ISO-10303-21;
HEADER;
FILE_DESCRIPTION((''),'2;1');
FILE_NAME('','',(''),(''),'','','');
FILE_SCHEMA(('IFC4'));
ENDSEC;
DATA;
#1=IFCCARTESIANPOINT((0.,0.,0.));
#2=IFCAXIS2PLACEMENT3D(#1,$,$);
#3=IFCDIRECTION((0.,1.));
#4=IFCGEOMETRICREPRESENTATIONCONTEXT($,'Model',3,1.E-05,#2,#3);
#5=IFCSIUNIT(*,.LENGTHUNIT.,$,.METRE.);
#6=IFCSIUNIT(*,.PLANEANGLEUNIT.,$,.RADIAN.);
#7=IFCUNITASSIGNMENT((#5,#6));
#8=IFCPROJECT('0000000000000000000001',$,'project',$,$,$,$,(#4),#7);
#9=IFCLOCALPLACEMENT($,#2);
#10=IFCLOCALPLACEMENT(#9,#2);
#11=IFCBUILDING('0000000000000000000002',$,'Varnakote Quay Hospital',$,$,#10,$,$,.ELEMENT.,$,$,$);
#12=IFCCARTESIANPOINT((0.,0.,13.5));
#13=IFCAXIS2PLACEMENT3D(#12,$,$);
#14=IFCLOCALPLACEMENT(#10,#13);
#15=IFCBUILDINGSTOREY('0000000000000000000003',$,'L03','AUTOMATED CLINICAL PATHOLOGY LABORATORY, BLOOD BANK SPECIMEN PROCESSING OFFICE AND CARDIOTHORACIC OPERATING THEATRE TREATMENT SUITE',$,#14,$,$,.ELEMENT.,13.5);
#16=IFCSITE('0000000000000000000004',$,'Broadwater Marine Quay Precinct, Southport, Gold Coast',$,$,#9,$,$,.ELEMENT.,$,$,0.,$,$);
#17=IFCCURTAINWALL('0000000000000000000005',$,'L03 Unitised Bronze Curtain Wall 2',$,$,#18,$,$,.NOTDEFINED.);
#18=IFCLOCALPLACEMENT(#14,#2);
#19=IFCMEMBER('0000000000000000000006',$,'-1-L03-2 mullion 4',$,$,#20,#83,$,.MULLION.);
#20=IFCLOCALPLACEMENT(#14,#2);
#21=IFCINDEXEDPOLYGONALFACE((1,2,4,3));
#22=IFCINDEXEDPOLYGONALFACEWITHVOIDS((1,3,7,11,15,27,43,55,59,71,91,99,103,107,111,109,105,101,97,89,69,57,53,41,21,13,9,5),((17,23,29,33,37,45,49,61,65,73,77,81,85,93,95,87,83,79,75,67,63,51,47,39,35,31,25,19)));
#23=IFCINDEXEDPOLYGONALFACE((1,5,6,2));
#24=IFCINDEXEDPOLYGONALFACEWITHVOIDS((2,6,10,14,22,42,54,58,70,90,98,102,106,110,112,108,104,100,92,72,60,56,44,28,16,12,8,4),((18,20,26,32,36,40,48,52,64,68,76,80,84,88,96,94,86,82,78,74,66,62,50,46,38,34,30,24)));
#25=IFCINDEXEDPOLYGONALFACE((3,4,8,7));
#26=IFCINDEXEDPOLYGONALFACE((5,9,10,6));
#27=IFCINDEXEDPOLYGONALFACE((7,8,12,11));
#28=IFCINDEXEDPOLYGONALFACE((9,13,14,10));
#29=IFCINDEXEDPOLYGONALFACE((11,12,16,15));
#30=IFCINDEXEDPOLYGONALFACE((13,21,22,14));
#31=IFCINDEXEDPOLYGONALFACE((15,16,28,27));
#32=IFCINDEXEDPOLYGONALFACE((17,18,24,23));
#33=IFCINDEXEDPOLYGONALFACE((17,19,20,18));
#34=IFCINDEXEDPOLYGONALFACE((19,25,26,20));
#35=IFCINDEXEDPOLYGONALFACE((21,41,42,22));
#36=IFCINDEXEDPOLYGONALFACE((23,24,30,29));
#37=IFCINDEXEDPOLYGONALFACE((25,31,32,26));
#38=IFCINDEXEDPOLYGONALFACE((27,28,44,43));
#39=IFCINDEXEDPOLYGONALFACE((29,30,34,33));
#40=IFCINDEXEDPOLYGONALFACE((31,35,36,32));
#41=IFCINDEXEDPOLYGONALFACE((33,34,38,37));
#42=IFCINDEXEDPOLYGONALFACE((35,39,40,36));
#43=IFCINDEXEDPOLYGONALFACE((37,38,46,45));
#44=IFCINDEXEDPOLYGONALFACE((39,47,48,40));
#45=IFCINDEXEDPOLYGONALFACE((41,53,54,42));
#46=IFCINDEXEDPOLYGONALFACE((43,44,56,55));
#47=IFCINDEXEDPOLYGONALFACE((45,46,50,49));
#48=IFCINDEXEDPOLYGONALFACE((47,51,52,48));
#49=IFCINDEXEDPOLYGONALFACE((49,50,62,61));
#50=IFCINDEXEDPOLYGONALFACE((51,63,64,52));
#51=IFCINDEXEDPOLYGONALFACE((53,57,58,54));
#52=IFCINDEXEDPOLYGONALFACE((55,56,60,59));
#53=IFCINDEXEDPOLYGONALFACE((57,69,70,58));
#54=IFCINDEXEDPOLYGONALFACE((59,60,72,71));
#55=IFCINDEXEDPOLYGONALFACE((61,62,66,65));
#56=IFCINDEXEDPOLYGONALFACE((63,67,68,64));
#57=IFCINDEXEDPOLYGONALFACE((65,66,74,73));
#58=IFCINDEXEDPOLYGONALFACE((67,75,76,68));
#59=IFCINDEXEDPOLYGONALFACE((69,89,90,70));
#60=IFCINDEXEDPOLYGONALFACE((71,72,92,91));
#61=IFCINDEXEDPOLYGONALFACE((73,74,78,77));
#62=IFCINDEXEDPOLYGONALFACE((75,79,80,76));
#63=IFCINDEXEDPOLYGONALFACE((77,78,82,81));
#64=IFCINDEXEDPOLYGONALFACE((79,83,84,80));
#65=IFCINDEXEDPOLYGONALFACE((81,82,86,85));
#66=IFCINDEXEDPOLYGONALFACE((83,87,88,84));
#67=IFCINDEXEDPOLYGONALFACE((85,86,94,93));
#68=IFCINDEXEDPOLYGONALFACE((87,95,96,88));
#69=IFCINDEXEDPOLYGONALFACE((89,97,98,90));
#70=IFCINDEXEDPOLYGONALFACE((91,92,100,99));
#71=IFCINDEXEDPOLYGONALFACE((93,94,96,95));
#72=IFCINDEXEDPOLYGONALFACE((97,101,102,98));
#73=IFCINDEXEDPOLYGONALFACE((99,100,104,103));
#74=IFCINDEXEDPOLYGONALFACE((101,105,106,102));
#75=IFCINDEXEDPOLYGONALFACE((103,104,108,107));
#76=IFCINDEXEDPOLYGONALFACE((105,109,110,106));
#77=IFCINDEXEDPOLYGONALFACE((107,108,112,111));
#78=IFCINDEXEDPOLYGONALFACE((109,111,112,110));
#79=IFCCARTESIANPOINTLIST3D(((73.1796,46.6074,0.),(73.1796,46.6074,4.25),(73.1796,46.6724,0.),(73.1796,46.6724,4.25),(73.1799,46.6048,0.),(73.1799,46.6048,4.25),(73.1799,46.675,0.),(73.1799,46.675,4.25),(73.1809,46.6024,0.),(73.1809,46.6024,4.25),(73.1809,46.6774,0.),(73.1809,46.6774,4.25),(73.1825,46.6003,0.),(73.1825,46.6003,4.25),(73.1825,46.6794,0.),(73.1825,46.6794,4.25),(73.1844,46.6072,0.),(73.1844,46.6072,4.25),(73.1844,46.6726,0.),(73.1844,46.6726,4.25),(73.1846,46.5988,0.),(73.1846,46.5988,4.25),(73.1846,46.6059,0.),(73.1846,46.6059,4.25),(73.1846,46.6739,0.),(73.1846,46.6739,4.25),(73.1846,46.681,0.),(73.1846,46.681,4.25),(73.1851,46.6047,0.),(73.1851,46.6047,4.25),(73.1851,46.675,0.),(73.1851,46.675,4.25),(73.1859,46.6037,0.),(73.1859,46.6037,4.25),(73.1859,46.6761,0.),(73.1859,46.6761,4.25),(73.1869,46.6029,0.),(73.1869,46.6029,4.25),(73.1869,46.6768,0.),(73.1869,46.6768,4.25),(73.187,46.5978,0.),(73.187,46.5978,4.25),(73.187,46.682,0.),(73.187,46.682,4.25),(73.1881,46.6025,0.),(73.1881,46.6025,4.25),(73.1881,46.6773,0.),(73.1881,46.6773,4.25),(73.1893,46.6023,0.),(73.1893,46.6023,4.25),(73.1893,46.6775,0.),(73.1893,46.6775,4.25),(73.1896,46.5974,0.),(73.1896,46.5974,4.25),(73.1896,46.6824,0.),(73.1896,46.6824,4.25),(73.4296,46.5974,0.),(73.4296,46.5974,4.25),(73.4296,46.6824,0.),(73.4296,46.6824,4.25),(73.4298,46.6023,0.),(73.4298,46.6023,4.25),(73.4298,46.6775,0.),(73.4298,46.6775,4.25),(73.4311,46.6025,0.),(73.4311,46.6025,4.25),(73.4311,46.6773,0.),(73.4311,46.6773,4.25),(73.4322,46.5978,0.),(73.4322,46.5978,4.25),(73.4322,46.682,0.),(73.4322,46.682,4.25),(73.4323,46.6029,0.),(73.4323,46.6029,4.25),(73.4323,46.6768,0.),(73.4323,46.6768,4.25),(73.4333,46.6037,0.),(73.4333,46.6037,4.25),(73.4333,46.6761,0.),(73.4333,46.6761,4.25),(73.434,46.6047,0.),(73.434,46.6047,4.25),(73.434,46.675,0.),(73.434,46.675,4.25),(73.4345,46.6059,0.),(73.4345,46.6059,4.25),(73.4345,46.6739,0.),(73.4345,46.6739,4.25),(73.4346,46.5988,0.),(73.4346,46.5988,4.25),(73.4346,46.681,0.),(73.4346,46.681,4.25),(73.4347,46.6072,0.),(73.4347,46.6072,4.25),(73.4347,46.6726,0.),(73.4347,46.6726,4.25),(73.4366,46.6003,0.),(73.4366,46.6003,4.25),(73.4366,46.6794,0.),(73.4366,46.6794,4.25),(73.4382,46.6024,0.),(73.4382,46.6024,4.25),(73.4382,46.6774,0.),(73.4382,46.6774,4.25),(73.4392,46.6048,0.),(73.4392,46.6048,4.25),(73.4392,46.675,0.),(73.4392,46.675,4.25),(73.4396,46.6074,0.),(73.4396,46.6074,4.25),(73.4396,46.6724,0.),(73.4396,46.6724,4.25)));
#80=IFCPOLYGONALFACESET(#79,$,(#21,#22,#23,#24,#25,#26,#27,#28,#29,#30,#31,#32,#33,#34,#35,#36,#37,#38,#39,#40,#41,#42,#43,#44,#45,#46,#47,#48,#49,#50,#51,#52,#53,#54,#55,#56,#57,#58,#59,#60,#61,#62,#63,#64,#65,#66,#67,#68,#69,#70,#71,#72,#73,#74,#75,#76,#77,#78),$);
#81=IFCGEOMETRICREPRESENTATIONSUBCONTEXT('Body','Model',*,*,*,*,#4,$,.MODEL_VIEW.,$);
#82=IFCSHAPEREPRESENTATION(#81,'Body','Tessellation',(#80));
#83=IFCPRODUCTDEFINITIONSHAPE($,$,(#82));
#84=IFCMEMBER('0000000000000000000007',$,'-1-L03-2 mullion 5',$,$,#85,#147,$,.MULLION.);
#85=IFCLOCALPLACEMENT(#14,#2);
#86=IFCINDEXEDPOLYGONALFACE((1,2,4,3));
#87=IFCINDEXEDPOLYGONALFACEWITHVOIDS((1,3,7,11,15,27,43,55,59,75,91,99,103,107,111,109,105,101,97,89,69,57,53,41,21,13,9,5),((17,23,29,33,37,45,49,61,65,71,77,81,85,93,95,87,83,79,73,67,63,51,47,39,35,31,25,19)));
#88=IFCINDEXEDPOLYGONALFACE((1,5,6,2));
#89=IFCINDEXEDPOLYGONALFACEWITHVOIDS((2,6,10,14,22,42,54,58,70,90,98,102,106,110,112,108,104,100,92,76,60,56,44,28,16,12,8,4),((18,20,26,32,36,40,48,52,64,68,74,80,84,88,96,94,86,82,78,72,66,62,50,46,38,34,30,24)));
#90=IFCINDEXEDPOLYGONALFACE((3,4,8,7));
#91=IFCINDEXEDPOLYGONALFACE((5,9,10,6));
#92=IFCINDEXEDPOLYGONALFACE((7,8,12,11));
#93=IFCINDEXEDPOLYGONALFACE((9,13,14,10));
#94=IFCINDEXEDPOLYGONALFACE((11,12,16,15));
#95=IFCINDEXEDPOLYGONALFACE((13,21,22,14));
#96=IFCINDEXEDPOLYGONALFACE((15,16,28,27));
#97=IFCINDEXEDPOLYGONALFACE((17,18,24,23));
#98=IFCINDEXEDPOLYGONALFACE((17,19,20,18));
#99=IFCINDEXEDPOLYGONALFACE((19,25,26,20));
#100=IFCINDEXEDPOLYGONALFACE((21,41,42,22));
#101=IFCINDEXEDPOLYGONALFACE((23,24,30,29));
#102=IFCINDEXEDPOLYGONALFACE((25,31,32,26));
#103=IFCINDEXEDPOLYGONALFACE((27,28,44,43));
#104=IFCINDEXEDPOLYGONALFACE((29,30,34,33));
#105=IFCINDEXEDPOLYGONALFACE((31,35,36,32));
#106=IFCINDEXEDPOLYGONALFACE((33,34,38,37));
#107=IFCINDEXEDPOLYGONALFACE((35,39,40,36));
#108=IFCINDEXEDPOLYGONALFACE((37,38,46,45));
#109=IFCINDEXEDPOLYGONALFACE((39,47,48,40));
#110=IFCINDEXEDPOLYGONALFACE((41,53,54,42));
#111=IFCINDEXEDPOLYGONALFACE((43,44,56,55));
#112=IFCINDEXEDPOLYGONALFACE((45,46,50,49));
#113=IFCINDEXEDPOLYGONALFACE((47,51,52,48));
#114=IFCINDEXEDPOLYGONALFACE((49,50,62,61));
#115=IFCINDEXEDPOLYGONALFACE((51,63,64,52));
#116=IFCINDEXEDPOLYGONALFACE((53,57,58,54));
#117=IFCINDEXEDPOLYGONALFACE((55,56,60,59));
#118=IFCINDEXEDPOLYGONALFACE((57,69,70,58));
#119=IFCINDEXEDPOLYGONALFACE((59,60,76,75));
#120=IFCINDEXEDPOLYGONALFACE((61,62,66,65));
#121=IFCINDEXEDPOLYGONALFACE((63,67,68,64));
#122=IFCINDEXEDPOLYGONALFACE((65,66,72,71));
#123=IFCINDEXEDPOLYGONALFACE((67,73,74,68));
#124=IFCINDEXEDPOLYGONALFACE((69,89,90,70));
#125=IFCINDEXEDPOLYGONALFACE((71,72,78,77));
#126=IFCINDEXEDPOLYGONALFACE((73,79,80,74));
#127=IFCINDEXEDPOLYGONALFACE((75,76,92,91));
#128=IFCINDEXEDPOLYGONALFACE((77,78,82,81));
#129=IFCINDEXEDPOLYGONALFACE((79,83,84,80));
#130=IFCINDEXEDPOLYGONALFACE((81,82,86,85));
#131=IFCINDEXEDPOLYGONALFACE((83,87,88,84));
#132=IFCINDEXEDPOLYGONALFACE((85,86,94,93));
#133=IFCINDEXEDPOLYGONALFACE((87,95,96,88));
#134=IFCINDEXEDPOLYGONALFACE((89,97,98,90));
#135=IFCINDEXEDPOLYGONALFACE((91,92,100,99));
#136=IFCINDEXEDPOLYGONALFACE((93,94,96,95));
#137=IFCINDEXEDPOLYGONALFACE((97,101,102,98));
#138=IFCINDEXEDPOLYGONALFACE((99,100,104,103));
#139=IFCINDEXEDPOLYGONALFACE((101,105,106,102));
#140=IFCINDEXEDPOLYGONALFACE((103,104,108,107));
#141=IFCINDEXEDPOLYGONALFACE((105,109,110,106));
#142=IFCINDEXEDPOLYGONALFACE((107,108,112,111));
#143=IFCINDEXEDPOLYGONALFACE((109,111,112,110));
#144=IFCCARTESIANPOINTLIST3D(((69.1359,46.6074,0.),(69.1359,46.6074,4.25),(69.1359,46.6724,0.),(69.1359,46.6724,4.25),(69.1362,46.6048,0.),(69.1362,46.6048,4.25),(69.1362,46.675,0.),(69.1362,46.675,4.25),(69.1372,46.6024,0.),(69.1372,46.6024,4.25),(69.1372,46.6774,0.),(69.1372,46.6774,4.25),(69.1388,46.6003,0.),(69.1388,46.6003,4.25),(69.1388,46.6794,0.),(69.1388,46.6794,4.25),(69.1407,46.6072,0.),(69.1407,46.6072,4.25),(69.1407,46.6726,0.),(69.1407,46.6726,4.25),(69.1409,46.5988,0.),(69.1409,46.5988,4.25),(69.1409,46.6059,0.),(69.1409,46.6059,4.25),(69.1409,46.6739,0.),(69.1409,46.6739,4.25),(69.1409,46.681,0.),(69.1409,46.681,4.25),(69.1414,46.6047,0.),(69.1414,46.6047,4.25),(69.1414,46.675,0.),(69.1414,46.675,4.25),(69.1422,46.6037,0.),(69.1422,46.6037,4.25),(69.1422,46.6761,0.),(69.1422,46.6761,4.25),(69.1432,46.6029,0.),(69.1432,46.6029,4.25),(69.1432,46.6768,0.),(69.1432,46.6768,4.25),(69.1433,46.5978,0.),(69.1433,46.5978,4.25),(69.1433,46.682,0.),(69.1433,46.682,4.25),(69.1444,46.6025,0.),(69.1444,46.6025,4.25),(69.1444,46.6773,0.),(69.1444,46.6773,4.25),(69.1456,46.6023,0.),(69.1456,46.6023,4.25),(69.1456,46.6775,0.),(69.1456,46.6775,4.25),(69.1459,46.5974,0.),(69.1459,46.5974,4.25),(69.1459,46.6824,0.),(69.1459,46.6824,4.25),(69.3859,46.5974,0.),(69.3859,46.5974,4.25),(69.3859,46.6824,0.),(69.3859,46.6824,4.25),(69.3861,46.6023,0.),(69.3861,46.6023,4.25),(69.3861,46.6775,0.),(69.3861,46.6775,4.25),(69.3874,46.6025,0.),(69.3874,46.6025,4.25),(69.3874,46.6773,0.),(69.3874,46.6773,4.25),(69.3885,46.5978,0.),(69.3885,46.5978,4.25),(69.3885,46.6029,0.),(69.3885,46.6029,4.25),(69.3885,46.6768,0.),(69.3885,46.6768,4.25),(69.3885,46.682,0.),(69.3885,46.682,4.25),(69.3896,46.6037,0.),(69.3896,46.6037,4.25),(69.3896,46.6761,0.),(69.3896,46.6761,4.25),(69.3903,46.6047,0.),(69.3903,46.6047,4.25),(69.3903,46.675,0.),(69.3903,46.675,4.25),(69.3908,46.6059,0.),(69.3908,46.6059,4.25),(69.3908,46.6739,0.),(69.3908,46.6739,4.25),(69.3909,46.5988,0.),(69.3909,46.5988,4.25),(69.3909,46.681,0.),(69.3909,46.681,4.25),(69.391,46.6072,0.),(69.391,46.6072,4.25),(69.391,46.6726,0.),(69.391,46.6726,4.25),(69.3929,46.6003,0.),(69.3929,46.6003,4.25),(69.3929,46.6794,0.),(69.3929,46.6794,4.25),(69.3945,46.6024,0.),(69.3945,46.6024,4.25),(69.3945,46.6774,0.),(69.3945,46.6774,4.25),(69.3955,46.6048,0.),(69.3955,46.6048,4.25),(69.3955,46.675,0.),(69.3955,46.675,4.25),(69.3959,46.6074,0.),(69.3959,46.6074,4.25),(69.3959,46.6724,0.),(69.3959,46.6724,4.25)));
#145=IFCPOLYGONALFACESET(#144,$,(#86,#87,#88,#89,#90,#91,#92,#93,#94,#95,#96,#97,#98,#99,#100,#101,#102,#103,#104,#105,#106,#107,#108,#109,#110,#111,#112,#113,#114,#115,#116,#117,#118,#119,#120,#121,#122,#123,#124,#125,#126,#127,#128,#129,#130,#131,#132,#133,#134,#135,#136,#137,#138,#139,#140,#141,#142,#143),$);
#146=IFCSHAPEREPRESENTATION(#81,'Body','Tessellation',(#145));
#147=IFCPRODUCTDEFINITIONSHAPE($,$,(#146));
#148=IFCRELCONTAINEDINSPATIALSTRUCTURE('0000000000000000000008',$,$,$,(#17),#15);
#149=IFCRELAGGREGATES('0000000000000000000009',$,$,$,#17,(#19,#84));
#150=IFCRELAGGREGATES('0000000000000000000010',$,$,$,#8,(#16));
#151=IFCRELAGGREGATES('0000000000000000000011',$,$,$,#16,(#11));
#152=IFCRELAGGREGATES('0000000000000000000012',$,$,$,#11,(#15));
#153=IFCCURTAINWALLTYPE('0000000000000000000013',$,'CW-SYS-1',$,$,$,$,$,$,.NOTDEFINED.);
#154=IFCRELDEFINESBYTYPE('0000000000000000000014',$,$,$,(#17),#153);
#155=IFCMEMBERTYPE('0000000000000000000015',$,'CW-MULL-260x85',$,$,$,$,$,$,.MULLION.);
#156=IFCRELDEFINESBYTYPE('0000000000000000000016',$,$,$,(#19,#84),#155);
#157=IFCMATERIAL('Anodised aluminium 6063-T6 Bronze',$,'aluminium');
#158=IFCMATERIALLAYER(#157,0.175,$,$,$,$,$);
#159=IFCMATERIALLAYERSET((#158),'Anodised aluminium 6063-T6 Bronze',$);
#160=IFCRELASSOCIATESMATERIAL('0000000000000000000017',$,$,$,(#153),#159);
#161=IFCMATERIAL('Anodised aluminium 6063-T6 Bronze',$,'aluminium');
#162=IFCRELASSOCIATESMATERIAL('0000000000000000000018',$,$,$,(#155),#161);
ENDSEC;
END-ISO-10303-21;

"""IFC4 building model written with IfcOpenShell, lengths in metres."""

from ifc_helpers import new_model, si_unit, direction, frame, origin, origin_2d, place, context, subcontext, project, spatial, hollow_rectangle, extrude, material, layer, layer_set, material_profile, profile_set, type_object, element, aggregate, save


model = new_model("IFC4")

# Units and contexts
model_context = context("Model", 3, precision=1e-05, world=origin(), true_north=direction((0.0, 1.0)))
body_context = subcontext(model_context, "Body", "Model", "MODEL_VIEW")
ifc_project = project(units=[si_unit("LENGTHUNIT", "METRE"), si_unit("PLANEANGLEUNIT", "RADIAN")], contexts=[model_context])

# Site, building, storey
site_placement = place(None, origin())
site = spatial("IfcSite", under=ifc_project, at=site_placement, Name="Broadwater Marine Quay Precinct, Southport, Gold Coast", CompositionType="ELEMENT", RefElevation=0.0)
building_placement = place(site_placement, origin())
building = spatial("IfcBuilding", under=site, at=building_placement, Name="Varnakote Quay Hospital", CompositionType="ELEMENT")
storey_placement = place(building_placement, frame((0.0, 0.0, 13.5)))
storey = spatial("IfcBuildingStorey", under=building, at=storey_placement, Name="L03", Description="AUTOMATED CLINICAL PATHOLOGY LABORATORY, BLOOD BANK SPECIMEN PROCESSING OFFICE AND CARDIOTHORACIC OPERATING THEATRE TREATMENT SUITE", CompositionType="ELEMENT", Elevation=13.5)

# Curtain wall, members
ifc_material_1 = material(Name="Anodised aluminium 6063-T6 Bronze", Category="aluminium")
ifc_layer_1 = layer(ifc_material_1, 0.175)
ifc_layer_set_1 = layer_set([ifc_layer_1], Name="Anodised aluminium 6063-T6 Bronze")
curtain_wall_type = type_object("IfcCurtainWallType", Name="CW-SYS-1", PredefinedType="NOTDEFINED", material=ifc_layer_set_1)
curtain_wall_placement = place(storey_placement, origin())
curtain_wall = element("IfcCurtainWall", 1, at=curtain_wall_placement, inside=storey, type_object=curtain_wall_type, Name="L03 Unitised Bronze Curtain Wall 2", PredefinedType="NOTDEFINED")
ifc_material_2 = material(Name="Anodised aluminium 6063-T6 Bronze", Category="aluminium")
ifc_material_profile_1 = material_profile(ifc_material_2, hollow_rectangle(XDim=0.085, YDim=0.26, WallThickness=0.0049, InnerFilletRadius=0.0049, OuterFilletRadius=0.01, at=origin_2d()), Name="CW-MULL-260x85")
ifc_profile_set_1 = profile_set([ifc_material_profile_1], Name="Anodised aluminium 6063-T6 Bronze")
member_type_1 = type_object("IfcMemberType", Name="CW-MULL-260x85", PredefinedType="MULLION", material=ifc_profile_set_1)
member_1_placement = place(storey_placement, frame((73.3096, 46.6399, 0.0), z_axis=(0.0, 0.0, 1.0), x_axis=(0.0, -1.0, 0.0)))
member_1 = element("IfcMember", 2, at=member_1_placement, type_object=member_type_1, Name="-1-L03-2 mullion 4", PredefinedType="MULLION", context=body_context, shape_type="SweptSolid", body=[
    extrude(hollow_rectangle(XDim=0.085, YDim=0.26, WallThickness=0.0049, InnerFilletRadius=0.0049, OuterFilletRadius=0.01, at=origin_2d()), origin(), (0.0, 0.0, 1.0), 4.25),
])
member_2_placement = place(storey_placement, frame((69.2659, 46.6399, 0.0), z_axis=(0.0, 0.0, 1.0), x_axis=(0.0, -1.0, 0.0)))
member_2 = element("IfcMember", 3, at=member_2_placement, type_object=member_type_1, Name="-1-L03-2 mullion 5", PredefinedType="MULLION", context=body_context, shape_type="SweptSolid", body=[
    extrude(hollow_rectangle(XDim=0.085, YDim=0.26, WallThickness=0.0049, InnerFilletRadius=0.0049, OuterFilletRadius=0.01, at=origin_2d()), origin(), (0.0, 0.0, 1.0), 4.25),
])

aggregate(curtain_wall, [member_1, member_2])

save(model, "model.ifc")
